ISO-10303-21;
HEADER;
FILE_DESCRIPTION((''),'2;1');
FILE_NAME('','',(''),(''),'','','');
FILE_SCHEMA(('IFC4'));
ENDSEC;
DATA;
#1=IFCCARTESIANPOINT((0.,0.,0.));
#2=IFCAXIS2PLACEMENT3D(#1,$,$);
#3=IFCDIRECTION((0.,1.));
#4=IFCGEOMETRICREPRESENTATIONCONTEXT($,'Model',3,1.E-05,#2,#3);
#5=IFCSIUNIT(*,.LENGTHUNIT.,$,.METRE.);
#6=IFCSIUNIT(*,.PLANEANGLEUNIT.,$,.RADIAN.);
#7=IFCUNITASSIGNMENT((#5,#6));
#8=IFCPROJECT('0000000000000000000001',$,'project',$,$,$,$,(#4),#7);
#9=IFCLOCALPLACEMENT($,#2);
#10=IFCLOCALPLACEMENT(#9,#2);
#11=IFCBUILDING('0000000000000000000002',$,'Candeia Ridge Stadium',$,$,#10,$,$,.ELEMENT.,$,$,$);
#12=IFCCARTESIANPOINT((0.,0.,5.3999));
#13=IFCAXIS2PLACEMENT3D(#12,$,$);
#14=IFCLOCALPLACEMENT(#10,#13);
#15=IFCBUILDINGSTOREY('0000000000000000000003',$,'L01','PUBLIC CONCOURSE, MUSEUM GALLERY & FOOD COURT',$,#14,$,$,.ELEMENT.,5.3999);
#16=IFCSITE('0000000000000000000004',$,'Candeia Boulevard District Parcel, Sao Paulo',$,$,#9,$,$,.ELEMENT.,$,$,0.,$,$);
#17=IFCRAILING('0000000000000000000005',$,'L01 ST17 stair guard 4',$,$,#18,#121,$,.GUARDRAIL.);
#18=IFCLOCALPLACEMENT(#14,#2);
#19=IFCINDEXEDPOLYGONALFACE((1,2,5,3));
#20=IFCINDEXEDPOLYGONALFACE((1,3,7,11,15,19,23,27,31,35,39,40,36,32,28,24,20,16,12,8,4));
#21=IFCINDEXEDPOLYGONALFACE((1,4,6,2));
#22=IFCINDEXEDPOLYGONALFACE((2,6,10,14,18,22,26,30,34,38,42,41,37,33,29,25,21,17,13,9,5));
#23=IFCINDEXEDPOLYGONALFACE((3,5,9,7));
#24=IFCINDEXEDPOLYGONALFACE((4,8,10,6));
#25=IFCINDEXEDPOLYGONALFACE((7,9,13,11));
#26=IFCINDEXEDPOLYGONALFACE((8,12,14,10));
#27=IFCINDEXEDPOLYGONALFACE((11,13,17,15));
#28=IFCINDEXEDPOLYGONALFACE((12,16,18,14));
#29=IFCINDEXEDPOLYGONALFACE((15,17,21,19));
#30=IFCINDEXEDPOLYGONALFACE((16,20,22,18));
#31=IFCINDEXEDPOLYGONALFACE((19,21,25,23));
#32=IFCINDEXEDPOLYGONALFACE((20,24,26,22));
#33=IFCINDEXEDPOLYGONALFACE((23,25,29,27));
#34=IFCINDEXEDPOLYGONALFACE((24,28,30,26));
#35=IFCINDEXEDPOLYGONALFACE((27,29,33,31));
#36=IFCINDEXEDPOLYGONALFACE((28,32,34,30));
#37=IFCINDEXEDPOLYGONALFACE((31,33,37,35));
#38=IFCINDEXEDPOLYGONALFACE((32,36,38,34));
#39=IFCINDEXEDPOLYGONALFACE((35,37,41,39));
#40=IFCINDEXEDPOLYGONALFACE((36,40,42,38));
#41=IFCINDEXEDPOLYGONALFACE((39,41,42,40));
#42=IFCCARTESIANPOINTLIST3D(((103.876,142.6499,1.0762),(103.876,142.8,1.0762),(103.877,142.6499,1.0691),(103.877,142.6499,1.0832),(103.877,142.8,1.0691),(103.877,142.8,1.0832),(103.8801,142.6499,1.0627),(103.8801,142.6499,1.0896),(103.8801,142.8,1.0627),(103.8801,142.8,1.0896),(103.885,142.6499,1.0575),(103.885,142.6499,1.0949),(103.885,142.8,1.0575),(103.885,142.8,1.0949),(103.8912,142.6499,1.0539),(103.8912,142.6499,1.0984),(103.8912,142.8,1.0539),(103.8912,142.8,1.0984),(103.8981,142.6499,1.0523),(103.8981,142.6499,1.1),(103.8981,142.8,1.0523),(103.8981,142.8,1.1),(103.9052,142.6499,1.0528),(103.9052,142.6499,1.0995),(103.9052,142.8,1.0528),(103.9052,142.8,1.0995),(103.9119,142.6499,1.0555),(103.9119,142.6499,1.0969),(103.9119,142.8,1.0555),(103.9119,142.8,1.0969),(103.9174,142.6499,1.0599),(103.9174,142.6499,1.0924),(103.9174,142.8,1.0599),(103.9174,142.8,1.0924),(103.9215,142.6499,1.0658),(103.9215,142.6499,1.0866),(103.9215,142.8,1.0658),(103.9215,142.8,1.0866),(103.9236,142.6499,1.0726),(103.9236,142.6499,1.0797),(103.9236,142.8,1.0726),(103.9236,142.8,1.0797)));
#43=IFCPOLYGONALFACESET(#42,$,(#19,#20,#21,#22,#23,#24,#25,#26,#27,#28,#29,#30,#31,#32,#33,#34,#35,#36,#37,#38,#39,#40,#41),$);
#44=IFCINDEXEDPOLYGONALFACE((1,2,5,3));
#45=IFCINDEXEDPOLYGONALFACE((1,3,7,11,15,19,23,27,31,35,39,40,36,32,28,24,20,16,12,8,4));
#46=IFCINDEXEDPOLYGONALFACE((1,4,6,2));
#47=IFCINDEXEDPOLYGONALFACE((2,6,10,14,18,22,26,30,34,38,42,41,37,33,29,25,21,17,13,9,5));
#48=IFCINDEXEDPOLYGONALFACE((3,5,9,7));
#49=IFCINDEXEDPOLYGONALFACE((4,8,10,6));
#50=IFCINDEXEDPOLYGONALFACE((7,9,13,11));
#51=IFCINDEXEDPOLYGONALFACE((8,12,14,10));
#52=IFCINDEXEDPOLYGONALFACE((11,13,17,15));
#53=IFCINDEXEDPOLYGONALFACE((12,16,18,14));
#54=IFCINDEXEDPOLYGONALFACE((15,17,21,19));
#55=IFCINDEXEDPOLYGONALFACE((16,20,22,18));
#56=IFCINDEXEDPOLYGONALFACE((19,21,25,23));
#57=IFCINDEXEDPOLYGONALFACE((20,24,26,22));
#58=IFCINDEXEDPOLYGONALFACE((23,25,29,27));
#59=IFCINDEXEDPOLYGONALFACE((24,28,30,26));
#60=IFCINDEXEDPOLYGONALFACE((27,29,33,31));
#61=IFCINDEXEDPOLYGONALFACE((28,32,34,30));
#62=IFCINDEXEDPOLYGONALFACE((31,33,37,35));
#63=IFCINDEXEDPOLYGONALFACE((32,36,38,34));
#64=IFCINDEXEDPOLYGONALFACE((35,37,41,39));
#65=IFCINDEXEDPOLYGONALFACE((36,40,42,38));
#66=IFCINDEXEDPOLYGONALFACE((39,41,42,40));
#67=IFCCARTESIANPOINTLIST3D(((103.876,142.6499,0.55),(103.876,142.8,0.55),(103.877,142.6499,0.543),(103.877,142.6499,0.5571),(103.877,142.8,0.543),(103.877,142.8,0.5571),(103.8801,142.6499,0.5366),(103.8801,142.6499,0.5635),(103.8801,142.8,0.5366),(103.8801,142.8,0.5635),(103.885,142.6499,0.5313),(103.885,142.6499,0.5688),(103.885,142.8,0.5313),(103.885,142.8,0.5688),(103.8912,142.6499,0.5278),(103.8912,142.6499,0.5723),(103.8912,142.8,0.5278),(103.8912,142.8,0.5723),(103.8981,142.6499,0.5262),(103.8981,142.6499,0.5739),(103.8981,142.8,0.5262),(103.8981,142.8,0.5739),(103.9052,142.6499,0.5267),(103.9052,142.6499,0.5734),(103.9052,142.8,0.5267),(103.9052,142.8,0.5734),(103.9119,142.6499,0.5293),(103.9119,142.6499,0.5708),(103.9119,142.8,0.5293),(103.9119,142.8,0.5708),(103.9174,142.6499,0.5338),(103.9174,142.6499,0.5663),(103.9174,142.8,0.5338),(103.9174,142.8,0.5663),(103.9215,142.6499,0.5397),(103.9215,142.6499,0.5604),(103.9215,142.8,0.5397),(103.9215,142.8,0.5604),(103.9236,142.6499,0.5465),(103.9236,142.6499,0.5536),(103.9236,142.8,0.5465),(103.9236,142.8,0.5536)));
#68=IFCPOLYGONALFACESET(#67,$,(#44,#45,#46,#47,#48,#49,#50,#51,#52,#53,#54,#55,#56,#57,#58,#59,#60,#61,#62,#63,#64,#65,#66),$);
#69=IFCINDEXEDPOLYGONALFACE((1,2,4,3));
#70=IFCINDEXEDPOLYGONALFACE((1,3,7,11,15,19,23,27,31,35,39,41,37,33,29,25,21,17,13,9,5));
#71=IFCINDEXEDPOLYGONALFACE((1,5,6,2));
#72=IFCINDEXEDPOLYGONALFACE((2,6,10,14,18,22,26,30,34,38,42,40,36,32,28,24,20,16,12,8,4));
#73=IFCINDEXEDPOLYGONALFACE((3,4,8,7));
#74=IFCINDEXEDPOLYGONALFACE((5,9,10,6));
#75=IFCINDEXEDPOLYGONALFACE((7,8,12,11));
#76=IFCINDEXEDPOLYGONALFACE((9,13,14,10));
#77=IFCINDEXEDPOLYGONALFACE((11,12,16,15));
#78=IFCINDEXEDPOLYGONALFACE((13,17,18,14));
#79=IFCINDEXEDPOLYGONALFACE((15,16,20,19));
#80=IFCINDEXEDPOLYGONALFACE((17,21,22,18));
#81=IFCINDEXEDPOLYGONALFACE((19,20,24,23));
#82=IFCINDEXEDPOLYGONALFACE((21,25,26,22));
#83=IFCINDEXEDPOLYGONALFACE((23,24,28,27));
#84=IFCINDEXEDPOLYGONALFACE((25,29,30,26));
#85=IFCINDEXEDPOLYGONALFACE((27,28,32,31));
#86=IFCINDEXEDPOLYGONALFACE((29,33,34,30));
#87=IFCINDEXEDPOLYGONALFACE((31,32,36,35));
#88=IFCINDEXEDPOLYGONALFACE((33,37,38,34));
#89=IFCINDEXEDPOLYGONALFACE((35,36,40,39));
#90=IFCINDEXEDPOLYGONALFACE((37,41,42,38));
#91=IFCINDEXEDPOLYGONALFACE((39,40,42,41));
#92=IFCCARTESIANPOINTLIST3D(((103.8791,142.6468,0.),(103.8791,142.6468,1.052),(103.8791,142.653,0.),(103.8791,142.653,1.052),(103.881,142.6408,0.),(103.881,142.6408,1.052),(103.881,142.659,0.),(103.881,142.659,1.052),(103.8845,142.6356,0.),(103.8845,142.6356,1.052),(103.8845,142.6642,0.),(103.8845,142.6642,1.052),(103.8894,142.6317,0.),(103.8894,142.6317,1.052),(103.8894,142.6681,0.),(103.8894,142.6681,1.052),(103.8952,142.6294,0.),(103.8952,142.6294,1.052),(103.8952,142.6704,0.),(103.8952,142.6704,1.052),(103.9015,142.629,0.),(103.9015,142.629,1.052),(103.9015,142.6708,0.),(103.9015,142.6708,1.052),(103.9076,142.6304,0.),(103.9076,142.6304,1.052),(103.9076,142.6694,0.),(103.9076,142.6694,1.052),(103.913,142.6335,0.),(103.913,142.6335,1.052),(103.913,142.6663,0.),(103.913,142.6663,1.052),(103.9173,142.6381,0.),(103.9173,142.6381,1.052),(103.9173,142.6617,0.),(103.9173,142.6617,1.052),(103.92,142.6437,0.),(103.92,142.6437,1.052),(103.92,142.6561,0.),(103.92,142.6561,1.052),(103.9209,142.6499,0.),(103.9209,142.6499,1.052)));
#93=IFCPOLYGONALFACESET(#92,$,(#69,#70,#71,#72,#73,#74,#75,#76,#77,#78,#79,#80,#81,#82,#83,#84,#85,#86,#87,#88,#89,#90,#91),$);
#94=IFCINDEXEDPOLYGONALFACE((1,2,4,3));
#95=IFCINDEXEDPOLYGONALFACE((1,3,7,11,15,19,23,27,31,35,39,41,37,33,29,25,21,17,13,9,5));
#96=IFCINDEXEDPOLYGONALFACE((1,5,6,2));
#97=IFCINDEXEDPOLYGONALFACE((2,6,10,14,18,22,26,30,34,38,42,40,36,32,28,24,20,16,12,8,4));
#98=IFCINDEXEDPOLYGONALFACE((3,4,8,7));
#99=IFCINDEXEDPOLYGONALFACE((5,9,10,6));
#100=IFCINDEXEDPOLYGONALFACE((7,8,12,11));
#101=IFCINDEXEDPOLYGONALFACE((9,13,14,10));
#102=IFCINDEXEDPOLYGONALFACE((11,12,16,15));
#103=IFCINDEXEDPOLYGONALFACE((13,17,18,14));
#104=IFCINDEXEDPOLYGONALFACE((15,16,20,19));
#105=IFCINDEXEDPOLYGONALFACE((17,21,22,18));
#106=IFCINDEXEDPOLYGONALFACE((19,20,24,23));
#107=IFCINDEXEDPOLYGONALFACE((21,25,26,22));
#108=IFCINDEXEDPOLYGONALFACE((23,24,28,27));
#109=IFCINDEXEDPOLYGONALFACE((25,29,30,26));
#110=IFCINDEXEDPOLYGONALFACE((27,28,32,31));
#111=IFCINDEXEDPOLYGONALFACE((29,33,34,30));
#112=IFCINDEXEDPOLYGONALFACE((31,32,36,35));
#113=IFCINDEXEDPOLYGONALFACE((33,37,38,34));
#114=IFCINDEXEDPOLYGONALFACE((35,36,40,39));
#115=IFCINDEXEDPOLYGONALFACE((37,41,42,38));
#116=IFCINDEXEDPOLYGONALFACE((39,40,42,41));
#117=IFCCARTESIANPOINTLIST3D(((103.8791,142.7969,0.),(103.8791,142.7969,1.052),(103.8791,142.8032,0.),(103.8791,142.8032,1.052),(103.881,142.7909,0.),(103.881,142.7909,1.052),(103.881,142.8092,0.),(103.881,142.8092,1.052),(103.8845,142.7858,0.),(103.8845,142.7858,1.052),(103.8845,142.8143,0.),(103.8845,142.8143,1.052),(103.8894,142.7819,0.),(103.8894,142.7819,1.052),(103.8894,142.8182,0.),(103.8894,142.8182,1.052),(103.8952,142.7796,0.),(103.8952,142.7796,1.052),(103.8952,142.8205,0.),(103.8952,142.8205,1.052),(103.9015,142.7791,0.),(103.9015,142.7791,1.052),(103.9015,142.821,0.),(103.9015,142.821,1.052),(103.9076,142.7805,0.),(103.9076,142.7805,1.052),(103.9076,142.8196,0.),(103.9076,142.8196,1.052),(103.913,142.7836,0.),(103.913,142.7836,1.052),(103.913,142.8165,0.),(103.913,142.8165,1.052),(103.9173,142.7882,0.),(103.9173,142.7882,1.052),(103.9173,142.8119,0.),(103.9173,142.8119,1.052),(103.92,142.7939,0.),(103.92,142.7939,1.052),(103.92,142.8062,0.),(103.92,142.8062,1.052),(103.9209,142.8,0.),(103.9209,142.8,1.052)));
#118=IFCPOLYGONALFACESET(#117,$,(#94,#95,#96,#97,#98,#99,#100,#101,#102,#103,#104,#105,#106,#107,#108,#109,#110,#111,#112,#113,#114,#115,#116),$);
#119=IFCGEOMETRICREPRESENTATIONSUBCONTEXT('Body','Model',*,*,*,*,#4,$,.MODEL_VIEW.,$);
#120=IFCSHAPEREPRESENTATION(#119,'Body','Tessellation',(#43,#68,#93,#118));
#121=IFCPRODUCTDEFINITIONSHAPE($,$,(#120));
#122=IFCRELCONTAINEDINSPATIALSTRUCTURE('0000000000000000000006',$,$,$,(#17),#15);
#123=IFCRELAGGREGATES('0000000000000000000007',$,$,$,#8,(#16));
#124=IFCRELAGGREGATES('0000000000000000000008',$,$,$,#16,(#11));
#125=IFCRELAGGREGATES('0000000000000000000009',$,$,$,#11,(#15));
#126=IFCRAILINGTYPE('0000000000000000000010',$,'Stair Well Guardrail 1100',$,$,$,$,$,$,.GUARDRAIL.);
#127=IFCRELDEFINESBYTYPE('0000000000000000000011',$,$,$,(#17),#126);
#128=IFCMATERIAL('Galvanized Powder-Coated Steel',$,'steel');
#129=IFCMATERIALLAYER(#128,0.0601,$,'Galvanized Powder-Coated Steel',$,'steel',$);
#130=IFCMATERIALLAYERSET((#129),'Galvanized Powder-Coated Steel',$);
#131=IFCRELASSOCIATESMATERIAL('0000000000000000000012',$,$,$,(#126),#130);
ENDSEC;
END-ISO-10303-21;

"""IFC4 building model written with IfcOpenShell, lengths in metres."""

from ifc_helpers import new_model, si_unit, direction, frame, origin, origin_2d, place, context, subcontext, project, spatial, circle, extrude, material, layer, layer_set, type_object, element, save


model = new_model("IFC4")

# Units and contexts
model_context = context("Model", 3, precision=1e-05, world=origin(), true_north=direction((0.0, 1.0)))
body_context = subcontext(model_context, "Body", "Model", "MODEL_VIEW")
ifc_project = project(units=[si_unit("LENGTHUNIT", "METRE"), si_unit("PLANEANGLEUNIT", "RADIAN")], contexts=[model_context])

# Site, building, storey
site_placement = place(None, origin())
site = spatial("IfcSite", under=ifc_project, at=site_placement, Name="Candeia Boulevard District Parcel, Sao Paulo", CompositionType="ELEMENT", RefElevation=0.0)
building_placement = place(site_placement, origin())
building = spatial("IfcBuilding", under=site, at=building_placement, Name="Candeia Ridge Stadium", CompositionType="ELEMENT")
storey_placement = place(building_placement, frame((0.0, 0.0, 5.3999)))
storey = spatial("IfcBuildingStorey", under=building, at=storey_placement, Name="L01", Description="PUBLIC CONCOURSE, MUSEUM GALLERY & FOOD COURT", CompositionType="ELEMENT", Elevation=5.3999)

# Railing
ifc_material_1 = material(Name="Galvanized Powder-Coated Steel", Category="steel")
ifc_layer_1 = layer(ifc_material_1, 0.0601, Name="Galvanized Powder-Coated Steel", Category="steel")
ifc_layer_set_1 = layer_set([ifc_layer_1], Name="Galvanized Powder-Coated Steel")
railing_type_1 = type_object("IfcRailingType", Name="Stair Well Guardrail 1100", PredefinedType="GUARDRAIL", material=ifc_layer_set_1)
railing_1_placement = place(storey_placement, frame((103.8999, 142.6499, 0.0)))
element("IfcRailing", 1, at=railing_1_placement, inside=storey, type_object=railing_type_1, Name="L01 ST17 stair guard 4", PredefinedType="GUARDRAIL", context=body_context, shape_type="SweptSolid", body=[
    extrude(circle(Radius=0.0239, at=origin_2d()), frame((0.0, 0.0, 1.0762), z_axis=(0.0, 1.0, 0.0), x_axis=(-1.0, 0.0, 0.0)), (0.0, 0.0, 1.0), 0.1501),
    extrude(circle(Radius=0.0239, at=origin_2d()), frame((0.0, 0.0, 0.55), z_axis=(0.0, 1.0, 0.0), x_axis=(-1.0, 0.0, 0.0)), (0.0, 0.0, 1.0), 0.1501),
    extrude(circle(Radius=0.021, at=origin_2d()), origin(), (0.0, 0.0, 1.0), 1.052),
    extrude(circle(Radius=0.021, at=origin_2d()), frame((0.0, 0.1501, 0.0)), (0.0, 0.0, 1.0), 1.052),
])

save(model, "model.ifc")
